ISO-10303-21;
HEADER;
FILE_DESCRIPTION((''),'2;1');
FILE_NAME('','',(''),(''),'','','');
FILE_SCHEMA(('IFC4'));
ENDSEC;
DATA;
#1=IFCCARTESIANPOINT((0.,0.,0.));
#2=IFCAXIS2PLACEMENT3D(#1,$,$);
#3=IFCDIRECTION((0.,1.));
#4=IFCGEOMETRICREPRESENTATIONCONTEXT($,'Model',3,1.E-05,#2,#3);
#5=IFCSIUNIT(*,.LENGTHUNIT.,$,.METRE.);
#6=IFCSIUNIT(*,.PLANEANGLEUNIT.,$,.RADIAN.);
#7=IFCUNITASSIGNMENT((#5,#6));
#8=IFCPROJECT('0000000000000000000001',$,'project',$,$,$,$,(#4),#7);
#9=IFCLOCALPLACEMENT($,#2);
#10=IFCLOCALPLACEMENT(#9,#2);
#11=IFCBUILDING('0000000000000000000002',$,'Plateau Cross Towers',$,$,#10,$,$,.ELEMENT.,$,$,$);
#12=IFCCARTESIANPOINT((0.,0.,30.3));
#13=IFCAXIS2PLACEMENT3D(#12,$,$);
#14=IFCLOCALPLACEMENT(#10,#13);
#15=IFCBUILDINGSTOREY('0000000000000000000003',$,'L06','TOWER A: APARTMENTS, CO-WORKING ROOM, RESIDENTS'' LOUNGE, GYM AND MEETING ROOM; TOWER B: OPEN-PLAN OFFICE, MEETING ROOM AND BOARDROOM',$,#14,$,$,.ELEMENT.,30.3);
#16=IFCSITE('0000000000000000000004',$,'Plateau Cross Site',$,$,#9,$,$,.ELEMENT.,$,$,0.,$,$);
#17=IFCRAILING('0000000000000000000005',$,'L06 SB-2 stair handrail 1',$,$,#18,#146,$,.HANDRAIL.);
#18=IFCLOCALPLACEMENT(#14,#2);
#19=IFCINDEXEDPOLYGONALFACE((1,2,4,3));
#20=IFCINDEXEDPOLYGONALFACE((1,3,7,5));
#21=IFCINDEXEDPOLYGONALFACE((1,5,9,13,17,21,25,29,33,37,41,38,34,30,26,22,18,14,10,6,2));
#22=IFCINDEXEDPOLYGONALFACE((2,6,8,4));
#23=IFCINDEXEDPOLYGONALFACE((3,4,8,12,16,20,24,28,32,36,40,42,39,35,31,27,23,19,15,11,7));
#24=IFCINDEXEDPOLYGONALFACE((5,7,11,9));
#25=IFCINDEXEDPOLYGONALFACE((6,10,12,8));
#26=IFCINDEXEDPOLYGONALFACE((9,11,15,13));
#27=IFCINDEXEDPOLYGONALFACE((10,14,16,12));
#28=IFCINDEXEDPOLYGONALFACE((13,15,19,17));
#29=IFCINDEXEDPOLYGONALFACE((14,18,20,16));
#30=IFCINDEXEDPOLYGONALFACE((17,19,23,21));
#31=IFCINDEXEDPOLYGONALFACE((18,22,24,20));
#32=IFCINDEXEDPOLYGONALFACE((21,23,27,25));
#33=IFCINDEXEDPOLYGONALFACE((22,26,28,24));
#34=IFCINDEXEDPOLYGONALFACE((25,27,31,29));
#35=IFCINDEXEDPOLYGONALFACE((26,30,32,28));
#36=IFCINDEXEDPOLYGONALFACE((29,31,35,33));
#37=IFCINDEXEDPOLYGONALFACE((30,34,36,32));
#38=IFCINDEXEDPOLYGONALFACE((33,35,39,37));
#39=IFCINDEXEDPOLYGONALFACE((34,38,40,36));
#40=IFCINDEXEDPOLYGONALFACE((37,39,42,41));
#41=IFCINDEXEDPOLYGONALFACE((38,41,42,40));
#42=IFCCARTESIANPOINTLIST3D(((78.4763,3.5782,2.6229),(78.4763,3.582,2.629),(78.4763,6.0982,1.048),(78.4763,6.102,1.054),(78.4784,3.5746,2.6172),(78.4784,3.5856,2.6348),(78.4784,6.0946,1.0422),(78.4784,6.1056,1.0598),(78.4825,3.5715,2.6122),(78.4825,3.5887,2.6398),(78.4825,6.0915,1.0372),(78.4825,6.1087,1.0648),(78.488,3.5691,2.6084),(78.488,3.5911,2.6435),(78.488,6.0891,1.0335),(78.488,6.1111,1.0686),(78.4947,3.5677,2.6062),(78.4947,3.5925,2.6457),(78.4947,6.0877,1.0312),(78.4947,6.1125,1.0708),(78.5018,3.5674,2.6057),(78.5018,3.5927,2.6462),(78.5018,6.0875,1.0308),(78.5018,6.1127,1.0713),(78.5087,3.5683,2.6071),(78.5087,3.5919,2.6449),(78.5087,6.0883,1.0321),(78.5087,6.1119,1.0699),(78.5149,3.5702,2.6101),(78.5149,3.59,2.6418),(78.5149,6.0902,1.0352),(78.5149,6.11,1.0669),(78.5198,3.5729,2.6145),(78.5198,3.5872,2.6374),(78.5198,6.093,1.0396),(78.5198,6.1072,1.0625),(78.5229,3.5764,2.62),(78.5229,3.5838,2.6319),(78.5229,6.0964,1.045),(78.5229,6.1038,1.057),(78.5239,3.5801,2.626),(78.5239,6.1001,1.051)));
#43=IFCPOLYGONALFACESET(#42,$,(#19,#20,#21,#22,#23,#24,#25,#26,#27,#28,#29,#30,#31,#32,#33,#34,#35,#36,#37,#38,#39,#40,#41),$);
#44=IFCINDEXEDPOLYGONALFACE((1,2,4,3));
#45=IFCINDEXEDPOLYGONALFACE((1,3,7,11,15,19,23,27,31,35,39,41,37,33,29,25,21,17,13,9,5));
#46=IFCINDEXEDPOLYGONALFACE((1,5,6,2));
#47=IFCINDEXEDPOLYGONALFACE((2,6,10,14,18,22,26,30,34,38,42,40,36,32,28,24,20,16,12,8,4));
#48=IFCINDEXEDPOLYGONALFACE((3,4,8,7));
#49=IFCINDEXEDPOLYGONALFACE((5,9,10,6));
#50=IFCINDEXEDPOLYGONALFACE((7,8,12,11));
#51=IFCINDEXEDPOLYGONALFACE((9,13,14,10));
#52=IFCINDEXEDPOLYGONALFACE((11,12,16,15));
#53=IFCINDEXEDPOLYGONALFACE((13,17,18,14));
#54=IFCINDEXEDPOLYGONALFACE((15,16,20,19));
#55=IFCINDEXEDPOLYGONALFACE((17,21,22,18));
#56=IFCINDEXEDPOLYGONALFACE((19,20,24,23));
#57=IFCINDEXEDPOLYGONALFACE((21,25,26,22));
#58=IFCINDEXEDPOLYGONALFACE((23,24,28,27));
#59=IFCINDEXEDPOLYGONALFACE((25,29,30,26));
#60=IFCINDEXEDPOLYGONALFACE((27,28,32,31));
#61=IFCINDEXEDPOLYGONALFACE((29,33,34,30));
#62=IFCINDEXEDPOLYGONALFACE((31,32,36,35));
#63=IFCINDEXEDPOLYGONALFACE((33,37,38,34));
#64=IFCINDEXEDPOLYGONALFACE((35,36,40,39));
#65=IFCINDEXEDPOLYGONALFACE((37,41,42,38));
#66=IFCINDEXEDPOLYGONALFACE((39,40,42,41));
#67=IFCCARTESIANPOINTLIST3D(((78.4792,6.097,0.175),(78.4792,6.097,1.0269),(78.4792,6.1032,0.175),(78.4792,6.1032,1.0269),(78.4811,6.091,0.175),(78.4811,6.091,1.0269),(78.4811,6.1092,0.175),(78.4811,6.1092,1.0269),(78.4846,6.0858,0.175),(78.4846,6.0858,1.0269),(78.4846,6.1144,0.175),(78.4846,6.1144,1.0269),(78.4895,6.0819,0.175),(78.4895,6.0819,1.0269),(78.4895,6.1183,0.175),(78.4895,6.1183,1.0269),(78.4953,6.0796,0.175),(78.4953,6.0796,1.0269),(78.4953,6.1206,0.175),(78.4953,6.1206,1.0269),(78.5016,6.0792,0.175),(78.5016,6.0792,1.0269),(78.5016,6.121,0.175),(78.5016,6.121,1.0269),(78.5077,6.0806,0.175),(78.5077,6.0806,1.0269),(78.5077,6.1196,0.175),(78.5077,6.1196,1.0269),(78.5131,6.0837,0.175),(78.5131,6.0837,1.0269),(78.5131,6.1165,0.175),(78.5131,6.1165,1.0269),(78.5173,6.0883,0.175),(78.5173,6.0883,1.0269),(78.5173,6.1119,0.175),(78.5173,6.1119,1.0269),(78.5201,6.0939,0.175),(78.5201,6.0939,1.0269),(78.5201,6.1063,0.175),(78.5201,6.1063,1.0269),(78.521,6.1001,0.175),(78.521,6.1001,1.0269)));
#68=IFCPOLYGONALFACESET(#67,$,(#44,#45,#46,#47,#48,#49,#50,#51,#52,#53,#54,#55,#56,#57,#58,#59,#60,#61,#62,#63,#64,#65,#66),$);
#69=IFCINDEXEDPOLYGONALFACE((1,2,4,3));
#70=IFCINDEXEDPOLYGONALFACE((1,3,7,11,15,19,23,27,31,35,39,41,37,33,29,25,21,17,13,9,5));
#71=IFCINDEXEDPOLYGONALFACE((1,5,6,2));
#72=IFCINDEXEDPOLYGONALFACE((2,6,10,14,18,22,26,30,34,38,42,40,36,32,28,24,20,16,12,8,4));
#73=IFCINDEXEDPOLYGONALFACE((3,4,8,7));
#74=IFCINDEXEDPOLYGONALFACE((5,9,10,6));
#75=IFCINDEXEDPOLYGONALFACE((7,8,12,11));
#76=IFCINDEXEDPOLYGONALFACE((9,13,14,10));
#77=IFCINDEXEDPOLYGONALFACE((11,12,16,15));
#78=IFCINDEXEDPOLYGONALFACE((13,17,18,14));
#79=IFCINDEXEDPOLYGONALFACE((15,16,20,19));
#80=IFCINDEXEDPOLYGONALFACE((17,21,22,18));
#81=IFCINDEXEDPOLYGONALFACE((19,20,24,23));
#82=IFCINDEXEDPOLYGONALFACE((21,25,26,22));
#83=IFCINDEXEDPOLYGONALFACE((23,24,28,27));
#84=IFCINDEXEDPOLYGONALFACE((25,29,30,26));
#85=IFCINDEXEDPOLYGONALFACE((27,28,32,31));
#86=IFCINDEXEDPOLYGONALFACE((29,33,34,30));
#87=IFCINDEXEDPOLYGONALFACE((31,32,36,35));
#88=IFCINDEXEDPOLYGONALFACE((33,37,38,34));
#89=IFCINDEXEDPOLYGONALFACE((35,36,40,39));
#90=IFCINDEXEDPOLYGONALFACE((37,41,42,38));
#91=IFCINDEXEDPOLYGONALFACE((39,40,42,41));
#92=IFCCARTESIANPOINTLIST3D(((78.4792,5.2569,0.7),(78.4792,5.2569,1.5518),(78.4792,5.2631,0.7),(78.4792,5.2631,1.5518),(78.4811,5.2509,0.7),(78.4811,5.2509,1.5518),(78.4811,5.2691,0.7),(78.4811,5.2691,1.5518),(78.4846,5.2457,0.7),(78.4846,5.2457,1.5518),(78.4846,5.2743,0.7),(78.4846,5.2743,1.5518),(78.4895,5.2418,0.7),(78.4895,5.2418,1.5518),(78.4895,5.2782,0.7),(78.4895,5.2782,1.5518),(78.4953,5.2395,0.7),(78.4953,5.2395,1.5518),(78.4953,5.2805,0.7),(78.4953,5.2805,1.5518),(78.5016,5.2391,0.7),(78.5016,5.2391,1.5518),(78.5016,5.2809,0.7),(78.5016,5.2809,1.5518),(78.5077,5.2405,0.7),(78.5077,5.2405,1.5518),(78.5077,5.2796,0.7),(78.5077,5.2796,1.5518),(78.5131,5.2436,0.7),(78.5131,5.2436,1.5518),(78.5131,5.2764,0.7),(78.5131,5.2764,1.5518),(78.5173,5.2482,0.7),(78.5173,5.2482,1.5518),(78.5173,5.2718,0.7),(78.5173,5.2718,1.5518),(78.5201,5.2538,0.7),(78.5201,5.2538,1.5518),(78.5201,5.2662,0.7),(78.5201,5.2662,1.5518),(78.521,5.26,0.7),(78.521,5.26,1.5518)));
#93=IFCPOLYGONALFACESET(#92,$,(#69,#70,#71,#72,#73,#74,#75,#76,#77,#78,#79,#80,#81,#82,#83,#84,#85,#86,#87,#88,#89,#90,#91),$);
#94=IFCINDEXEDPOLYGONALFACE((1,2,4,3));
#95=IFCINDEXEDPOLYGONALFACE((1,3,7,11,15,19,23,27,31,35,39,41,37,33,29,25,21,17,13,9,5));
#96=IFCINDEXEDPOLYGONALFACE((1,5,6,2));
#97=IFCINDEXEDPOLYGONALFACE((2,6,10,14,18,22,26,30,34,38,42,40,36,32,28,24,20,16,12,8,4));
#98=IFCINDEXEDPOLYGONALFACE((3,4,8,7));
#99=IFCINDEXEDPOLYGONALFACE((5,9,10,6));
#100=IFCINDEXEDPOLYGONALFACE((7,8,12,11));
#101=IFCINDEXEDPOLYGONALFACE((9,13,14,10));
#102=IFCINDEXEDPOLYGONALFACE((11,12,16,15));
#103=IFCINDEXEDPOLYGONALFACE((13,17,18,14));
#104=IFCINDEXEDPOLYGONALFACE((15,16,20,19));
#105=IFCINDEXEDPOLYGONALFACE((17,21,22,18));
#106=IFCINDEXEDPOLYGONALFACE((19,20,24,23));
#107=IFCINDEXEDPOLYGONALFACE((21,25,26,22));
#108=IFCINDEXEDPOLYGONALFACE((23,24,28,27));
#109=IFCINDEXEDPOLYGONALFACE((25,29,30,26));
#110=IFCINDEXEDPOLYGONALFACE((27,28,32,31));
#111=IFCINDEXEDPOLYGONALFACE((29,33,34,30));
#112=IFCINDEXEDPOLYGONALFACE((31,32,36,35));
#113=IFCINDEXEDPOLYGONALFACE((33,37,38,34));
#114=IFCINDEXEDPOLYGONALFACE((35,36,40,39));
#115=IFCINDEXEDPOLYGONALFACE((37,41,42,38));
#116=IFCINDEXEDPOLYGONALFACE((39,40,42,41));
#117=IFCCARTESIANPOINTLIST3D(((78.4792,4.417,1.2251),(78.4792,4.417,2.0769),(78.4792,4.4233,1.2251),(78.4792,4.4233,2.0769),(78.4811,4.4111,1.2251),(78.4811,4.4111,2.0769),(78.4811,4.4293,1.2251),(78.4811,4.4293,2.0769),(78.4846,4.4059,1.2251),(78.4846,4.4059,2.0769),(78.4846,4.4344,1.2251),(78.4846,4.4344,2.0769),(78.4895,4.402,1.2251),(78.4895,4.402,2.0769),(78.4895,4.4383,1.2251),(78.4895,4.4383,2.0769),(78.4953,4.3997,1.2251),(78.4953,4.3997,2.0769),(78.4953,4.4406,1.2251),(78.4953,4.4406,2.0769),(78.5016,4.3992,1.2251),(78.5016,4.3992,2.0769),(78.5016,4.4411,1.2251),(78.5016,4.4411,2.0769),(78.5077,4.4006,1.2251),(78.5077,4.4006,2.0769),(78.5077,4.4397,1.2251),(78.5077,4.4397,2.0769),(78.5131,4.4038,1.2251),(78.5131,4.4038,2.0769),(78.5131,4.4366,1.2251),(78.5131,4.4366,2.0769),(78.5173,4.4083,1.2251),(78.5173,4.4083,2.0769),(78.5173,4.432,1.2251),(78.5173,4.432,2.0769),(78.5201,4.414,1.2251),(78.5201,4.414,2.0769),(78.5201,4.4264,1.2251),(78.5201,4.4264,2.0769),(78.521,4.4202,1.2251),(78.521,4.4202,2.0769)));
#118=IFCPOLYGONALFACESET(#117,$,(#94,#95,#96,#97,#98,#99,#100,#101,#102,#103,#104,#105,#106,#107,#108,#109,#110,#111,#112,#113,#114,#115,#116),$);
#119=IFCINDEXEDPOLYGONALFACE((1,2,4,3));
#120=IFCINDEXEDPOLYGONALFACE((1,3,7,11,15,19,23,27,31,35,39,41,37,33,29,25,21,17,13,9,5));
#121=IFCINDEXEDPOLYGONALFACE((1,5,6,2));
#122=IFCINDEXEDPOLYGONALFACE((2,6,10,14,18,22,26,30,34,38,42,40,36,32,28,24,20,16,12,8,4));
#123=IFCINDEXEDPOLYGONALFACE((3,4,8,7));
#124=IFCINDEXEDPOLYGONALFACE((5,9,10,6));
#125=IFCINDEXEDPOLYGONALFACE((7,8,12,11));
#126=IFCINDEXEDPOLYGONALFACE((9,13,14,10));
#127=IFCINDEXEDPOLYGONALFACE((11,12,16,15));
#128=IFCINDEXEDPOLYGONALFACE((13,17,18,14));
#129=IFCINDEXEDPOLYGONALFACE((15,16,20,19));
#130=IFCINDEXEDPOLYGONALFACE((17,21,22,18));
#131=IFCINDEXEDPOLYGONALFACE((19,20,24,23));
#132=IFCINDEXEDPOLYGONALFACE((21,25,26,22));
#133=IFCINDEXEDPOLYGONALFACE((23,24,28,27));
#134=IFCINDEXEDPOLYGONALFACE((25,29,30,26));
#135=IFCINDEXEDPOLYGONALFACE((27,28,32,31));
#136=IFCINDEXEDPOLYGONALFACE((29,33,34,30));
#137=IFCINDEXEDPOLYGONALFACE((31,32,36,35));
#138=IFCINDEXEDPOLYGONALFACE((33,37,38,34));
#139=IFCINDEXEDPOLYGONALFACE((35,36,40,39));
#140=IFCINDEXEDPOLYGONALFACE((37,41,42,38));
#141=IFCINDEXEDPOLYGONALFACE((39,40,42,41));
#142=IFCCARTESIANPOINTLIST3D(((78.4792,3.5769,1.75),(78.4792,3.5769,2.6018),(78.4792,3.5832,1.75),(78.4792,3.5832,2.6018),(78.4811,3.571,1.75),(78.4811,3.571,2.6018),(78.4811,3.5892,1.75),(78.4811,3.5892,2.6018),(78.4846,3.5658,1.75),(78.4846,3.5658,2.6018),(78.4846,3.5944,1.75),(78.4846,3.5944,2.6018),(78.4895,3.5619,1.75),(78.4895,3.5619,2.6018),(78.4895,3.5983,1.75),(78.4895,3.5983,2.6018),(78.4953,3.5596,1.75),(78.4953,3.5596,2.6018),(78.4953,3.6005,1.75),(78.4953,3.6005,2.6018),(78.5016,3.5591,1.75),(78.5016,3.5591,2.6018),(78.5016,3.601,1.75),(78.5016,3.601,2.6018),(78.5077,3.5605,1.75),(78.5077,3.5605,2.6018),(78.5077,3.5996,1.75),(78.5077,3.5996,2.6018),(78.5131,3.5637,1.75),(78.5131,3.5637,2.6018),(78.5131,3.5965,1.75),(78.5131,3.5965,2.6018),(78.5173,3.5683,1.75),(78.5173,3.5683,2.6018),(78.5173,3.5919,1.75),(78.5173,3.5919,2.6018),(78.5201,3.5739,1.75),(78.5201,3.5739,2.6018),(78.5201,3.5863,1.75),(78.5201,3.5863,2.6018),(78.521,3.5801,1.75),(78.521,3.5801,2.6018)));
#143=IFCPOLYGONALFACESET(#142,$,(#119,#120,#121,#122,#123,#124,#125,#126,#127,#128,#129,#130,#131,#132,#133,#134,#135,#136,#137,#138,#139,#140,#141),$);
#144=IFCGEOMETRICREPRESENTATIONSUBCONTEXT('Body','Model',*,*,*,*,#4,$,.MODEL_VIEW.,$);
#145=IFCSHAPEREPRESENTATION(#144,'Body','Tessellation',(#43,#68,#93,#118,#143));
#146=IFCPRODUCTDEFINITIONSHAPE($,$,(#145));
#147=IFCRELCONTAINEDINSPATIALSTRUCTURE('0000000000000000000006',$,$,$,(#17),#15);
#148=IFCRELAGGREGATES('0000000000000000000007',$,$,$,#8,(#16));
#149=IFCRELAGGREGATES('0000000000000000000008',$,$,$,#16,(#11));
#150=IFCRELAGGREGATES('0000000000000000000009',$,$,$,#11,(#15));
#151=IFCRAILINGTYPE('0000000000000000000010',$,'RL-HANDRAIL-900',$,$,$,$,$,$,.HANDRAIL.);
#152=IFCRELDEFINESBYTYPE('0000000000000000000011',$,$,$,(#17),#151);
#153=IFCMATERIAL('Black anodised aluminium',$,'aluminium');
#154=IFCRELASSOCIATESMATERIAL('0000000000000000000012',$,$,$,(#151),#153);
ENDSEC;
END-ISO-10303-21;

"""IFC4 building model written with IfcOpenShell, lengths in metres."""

from ifc_helpers import new_model, si_unit, direction, frame, origin, origin_2d, place, context, subcontext, project, spatial, circle, extrude, material, type_object, element, save


model = new_model("IFC4")

# Units and contexts
model_context = context("Model", 3, precision=1e-05, world=origin(), true_north=direction((0.0, 1.0)))
body_context = subcontext(model_context, "Body", "Model", "MODEL_VIEW")
ifc_project = project(units=[si_unit("LENGTHUNIT", "METRE"), si_unit("PLANEANGLEUNIT", "RADIAN")], contexts=[model_context])

# Site, building, storey
site_placement = place(None, origin())
site = spatial("IfcSite", under=ifc_project, at=site_placement, Name="Plateau Cross Site", CompositionType="ELEMENT", RefElevation=0.0)
building_placement = place(site_placement, origin())
building = spatial("IfcBuilding", under=site, at=building_placement, Name="Plateau Cross Towers", CompositionType="ELEMENT")
storey_placement = place(building_placement, frame((0.0, 0.0, 30.3)))
storey = spatial("IfcBuildingStorey", under=building, at=storey_placement, Name="L06", Description="TOWER A: APARTMENTS, CO-WORKING ROOM, RESIDENTS' LOUNGE, GYM AND MEETING ROOM; TOWER B: OPEN-PLAN OFFICE, MEETING ROOM AND BOARDROOM", CompositionType="ELEMENT", Elevation=30.3)

# Shared definitions
ifc_material_1 = material(Name="Black anodised aluminium", Category="aluminium")

# Railing
railing_type_1 = type_object("IfcRailingType", Name="RL-HANDRAIL-900", PredefinedType="HANDRAIL", material=ifc_material_1)
railing_1_placement = place(storey_placement, frame((78.5, 6.1001, 0.175)))
element("IfcRailing", 1, at=railing_1_placement, inside=storey, type_object=railing_type_1, Name="L06 SB-2 stair handrail 1", PredefinedType="HANDRAIL", context=body_context, shape_type="SweptSolid", body=[
    extrude(circle(Radius=0.0239, at=origin_2d()), frame((0.0, 0.0, 0.876), z_axis=(0.0, -0.848008, 0.529984), x_axis=(1.0, 0.0, 0.0)), (0.0, 0.0, 1.0), 2.9717),
    extrude(circle(Radius=0.021, at=origin_2d()), origin(), (0.0, 0.0, 1.0), 0.8518),
    extrude(circle(Radius=0.021, at=origin_2d()), frame((0.0, -0.8401, 0.5249)), (0.0, 0.0, 1.0), 0.8518),
    extrude(circle(Radius=0.021, at=origin_2d()), frame((0.0, -1.6799, 1.05)), (0.0, 0.0, 1.0), 0.8518),
    extrude(circle(Radius=0.021, at=origin_2d()), frame((0.0, -2.52, 1.575)), (0.0, 0.0, 1.0), 0.8518),
])

save(model, "model.ifc")
